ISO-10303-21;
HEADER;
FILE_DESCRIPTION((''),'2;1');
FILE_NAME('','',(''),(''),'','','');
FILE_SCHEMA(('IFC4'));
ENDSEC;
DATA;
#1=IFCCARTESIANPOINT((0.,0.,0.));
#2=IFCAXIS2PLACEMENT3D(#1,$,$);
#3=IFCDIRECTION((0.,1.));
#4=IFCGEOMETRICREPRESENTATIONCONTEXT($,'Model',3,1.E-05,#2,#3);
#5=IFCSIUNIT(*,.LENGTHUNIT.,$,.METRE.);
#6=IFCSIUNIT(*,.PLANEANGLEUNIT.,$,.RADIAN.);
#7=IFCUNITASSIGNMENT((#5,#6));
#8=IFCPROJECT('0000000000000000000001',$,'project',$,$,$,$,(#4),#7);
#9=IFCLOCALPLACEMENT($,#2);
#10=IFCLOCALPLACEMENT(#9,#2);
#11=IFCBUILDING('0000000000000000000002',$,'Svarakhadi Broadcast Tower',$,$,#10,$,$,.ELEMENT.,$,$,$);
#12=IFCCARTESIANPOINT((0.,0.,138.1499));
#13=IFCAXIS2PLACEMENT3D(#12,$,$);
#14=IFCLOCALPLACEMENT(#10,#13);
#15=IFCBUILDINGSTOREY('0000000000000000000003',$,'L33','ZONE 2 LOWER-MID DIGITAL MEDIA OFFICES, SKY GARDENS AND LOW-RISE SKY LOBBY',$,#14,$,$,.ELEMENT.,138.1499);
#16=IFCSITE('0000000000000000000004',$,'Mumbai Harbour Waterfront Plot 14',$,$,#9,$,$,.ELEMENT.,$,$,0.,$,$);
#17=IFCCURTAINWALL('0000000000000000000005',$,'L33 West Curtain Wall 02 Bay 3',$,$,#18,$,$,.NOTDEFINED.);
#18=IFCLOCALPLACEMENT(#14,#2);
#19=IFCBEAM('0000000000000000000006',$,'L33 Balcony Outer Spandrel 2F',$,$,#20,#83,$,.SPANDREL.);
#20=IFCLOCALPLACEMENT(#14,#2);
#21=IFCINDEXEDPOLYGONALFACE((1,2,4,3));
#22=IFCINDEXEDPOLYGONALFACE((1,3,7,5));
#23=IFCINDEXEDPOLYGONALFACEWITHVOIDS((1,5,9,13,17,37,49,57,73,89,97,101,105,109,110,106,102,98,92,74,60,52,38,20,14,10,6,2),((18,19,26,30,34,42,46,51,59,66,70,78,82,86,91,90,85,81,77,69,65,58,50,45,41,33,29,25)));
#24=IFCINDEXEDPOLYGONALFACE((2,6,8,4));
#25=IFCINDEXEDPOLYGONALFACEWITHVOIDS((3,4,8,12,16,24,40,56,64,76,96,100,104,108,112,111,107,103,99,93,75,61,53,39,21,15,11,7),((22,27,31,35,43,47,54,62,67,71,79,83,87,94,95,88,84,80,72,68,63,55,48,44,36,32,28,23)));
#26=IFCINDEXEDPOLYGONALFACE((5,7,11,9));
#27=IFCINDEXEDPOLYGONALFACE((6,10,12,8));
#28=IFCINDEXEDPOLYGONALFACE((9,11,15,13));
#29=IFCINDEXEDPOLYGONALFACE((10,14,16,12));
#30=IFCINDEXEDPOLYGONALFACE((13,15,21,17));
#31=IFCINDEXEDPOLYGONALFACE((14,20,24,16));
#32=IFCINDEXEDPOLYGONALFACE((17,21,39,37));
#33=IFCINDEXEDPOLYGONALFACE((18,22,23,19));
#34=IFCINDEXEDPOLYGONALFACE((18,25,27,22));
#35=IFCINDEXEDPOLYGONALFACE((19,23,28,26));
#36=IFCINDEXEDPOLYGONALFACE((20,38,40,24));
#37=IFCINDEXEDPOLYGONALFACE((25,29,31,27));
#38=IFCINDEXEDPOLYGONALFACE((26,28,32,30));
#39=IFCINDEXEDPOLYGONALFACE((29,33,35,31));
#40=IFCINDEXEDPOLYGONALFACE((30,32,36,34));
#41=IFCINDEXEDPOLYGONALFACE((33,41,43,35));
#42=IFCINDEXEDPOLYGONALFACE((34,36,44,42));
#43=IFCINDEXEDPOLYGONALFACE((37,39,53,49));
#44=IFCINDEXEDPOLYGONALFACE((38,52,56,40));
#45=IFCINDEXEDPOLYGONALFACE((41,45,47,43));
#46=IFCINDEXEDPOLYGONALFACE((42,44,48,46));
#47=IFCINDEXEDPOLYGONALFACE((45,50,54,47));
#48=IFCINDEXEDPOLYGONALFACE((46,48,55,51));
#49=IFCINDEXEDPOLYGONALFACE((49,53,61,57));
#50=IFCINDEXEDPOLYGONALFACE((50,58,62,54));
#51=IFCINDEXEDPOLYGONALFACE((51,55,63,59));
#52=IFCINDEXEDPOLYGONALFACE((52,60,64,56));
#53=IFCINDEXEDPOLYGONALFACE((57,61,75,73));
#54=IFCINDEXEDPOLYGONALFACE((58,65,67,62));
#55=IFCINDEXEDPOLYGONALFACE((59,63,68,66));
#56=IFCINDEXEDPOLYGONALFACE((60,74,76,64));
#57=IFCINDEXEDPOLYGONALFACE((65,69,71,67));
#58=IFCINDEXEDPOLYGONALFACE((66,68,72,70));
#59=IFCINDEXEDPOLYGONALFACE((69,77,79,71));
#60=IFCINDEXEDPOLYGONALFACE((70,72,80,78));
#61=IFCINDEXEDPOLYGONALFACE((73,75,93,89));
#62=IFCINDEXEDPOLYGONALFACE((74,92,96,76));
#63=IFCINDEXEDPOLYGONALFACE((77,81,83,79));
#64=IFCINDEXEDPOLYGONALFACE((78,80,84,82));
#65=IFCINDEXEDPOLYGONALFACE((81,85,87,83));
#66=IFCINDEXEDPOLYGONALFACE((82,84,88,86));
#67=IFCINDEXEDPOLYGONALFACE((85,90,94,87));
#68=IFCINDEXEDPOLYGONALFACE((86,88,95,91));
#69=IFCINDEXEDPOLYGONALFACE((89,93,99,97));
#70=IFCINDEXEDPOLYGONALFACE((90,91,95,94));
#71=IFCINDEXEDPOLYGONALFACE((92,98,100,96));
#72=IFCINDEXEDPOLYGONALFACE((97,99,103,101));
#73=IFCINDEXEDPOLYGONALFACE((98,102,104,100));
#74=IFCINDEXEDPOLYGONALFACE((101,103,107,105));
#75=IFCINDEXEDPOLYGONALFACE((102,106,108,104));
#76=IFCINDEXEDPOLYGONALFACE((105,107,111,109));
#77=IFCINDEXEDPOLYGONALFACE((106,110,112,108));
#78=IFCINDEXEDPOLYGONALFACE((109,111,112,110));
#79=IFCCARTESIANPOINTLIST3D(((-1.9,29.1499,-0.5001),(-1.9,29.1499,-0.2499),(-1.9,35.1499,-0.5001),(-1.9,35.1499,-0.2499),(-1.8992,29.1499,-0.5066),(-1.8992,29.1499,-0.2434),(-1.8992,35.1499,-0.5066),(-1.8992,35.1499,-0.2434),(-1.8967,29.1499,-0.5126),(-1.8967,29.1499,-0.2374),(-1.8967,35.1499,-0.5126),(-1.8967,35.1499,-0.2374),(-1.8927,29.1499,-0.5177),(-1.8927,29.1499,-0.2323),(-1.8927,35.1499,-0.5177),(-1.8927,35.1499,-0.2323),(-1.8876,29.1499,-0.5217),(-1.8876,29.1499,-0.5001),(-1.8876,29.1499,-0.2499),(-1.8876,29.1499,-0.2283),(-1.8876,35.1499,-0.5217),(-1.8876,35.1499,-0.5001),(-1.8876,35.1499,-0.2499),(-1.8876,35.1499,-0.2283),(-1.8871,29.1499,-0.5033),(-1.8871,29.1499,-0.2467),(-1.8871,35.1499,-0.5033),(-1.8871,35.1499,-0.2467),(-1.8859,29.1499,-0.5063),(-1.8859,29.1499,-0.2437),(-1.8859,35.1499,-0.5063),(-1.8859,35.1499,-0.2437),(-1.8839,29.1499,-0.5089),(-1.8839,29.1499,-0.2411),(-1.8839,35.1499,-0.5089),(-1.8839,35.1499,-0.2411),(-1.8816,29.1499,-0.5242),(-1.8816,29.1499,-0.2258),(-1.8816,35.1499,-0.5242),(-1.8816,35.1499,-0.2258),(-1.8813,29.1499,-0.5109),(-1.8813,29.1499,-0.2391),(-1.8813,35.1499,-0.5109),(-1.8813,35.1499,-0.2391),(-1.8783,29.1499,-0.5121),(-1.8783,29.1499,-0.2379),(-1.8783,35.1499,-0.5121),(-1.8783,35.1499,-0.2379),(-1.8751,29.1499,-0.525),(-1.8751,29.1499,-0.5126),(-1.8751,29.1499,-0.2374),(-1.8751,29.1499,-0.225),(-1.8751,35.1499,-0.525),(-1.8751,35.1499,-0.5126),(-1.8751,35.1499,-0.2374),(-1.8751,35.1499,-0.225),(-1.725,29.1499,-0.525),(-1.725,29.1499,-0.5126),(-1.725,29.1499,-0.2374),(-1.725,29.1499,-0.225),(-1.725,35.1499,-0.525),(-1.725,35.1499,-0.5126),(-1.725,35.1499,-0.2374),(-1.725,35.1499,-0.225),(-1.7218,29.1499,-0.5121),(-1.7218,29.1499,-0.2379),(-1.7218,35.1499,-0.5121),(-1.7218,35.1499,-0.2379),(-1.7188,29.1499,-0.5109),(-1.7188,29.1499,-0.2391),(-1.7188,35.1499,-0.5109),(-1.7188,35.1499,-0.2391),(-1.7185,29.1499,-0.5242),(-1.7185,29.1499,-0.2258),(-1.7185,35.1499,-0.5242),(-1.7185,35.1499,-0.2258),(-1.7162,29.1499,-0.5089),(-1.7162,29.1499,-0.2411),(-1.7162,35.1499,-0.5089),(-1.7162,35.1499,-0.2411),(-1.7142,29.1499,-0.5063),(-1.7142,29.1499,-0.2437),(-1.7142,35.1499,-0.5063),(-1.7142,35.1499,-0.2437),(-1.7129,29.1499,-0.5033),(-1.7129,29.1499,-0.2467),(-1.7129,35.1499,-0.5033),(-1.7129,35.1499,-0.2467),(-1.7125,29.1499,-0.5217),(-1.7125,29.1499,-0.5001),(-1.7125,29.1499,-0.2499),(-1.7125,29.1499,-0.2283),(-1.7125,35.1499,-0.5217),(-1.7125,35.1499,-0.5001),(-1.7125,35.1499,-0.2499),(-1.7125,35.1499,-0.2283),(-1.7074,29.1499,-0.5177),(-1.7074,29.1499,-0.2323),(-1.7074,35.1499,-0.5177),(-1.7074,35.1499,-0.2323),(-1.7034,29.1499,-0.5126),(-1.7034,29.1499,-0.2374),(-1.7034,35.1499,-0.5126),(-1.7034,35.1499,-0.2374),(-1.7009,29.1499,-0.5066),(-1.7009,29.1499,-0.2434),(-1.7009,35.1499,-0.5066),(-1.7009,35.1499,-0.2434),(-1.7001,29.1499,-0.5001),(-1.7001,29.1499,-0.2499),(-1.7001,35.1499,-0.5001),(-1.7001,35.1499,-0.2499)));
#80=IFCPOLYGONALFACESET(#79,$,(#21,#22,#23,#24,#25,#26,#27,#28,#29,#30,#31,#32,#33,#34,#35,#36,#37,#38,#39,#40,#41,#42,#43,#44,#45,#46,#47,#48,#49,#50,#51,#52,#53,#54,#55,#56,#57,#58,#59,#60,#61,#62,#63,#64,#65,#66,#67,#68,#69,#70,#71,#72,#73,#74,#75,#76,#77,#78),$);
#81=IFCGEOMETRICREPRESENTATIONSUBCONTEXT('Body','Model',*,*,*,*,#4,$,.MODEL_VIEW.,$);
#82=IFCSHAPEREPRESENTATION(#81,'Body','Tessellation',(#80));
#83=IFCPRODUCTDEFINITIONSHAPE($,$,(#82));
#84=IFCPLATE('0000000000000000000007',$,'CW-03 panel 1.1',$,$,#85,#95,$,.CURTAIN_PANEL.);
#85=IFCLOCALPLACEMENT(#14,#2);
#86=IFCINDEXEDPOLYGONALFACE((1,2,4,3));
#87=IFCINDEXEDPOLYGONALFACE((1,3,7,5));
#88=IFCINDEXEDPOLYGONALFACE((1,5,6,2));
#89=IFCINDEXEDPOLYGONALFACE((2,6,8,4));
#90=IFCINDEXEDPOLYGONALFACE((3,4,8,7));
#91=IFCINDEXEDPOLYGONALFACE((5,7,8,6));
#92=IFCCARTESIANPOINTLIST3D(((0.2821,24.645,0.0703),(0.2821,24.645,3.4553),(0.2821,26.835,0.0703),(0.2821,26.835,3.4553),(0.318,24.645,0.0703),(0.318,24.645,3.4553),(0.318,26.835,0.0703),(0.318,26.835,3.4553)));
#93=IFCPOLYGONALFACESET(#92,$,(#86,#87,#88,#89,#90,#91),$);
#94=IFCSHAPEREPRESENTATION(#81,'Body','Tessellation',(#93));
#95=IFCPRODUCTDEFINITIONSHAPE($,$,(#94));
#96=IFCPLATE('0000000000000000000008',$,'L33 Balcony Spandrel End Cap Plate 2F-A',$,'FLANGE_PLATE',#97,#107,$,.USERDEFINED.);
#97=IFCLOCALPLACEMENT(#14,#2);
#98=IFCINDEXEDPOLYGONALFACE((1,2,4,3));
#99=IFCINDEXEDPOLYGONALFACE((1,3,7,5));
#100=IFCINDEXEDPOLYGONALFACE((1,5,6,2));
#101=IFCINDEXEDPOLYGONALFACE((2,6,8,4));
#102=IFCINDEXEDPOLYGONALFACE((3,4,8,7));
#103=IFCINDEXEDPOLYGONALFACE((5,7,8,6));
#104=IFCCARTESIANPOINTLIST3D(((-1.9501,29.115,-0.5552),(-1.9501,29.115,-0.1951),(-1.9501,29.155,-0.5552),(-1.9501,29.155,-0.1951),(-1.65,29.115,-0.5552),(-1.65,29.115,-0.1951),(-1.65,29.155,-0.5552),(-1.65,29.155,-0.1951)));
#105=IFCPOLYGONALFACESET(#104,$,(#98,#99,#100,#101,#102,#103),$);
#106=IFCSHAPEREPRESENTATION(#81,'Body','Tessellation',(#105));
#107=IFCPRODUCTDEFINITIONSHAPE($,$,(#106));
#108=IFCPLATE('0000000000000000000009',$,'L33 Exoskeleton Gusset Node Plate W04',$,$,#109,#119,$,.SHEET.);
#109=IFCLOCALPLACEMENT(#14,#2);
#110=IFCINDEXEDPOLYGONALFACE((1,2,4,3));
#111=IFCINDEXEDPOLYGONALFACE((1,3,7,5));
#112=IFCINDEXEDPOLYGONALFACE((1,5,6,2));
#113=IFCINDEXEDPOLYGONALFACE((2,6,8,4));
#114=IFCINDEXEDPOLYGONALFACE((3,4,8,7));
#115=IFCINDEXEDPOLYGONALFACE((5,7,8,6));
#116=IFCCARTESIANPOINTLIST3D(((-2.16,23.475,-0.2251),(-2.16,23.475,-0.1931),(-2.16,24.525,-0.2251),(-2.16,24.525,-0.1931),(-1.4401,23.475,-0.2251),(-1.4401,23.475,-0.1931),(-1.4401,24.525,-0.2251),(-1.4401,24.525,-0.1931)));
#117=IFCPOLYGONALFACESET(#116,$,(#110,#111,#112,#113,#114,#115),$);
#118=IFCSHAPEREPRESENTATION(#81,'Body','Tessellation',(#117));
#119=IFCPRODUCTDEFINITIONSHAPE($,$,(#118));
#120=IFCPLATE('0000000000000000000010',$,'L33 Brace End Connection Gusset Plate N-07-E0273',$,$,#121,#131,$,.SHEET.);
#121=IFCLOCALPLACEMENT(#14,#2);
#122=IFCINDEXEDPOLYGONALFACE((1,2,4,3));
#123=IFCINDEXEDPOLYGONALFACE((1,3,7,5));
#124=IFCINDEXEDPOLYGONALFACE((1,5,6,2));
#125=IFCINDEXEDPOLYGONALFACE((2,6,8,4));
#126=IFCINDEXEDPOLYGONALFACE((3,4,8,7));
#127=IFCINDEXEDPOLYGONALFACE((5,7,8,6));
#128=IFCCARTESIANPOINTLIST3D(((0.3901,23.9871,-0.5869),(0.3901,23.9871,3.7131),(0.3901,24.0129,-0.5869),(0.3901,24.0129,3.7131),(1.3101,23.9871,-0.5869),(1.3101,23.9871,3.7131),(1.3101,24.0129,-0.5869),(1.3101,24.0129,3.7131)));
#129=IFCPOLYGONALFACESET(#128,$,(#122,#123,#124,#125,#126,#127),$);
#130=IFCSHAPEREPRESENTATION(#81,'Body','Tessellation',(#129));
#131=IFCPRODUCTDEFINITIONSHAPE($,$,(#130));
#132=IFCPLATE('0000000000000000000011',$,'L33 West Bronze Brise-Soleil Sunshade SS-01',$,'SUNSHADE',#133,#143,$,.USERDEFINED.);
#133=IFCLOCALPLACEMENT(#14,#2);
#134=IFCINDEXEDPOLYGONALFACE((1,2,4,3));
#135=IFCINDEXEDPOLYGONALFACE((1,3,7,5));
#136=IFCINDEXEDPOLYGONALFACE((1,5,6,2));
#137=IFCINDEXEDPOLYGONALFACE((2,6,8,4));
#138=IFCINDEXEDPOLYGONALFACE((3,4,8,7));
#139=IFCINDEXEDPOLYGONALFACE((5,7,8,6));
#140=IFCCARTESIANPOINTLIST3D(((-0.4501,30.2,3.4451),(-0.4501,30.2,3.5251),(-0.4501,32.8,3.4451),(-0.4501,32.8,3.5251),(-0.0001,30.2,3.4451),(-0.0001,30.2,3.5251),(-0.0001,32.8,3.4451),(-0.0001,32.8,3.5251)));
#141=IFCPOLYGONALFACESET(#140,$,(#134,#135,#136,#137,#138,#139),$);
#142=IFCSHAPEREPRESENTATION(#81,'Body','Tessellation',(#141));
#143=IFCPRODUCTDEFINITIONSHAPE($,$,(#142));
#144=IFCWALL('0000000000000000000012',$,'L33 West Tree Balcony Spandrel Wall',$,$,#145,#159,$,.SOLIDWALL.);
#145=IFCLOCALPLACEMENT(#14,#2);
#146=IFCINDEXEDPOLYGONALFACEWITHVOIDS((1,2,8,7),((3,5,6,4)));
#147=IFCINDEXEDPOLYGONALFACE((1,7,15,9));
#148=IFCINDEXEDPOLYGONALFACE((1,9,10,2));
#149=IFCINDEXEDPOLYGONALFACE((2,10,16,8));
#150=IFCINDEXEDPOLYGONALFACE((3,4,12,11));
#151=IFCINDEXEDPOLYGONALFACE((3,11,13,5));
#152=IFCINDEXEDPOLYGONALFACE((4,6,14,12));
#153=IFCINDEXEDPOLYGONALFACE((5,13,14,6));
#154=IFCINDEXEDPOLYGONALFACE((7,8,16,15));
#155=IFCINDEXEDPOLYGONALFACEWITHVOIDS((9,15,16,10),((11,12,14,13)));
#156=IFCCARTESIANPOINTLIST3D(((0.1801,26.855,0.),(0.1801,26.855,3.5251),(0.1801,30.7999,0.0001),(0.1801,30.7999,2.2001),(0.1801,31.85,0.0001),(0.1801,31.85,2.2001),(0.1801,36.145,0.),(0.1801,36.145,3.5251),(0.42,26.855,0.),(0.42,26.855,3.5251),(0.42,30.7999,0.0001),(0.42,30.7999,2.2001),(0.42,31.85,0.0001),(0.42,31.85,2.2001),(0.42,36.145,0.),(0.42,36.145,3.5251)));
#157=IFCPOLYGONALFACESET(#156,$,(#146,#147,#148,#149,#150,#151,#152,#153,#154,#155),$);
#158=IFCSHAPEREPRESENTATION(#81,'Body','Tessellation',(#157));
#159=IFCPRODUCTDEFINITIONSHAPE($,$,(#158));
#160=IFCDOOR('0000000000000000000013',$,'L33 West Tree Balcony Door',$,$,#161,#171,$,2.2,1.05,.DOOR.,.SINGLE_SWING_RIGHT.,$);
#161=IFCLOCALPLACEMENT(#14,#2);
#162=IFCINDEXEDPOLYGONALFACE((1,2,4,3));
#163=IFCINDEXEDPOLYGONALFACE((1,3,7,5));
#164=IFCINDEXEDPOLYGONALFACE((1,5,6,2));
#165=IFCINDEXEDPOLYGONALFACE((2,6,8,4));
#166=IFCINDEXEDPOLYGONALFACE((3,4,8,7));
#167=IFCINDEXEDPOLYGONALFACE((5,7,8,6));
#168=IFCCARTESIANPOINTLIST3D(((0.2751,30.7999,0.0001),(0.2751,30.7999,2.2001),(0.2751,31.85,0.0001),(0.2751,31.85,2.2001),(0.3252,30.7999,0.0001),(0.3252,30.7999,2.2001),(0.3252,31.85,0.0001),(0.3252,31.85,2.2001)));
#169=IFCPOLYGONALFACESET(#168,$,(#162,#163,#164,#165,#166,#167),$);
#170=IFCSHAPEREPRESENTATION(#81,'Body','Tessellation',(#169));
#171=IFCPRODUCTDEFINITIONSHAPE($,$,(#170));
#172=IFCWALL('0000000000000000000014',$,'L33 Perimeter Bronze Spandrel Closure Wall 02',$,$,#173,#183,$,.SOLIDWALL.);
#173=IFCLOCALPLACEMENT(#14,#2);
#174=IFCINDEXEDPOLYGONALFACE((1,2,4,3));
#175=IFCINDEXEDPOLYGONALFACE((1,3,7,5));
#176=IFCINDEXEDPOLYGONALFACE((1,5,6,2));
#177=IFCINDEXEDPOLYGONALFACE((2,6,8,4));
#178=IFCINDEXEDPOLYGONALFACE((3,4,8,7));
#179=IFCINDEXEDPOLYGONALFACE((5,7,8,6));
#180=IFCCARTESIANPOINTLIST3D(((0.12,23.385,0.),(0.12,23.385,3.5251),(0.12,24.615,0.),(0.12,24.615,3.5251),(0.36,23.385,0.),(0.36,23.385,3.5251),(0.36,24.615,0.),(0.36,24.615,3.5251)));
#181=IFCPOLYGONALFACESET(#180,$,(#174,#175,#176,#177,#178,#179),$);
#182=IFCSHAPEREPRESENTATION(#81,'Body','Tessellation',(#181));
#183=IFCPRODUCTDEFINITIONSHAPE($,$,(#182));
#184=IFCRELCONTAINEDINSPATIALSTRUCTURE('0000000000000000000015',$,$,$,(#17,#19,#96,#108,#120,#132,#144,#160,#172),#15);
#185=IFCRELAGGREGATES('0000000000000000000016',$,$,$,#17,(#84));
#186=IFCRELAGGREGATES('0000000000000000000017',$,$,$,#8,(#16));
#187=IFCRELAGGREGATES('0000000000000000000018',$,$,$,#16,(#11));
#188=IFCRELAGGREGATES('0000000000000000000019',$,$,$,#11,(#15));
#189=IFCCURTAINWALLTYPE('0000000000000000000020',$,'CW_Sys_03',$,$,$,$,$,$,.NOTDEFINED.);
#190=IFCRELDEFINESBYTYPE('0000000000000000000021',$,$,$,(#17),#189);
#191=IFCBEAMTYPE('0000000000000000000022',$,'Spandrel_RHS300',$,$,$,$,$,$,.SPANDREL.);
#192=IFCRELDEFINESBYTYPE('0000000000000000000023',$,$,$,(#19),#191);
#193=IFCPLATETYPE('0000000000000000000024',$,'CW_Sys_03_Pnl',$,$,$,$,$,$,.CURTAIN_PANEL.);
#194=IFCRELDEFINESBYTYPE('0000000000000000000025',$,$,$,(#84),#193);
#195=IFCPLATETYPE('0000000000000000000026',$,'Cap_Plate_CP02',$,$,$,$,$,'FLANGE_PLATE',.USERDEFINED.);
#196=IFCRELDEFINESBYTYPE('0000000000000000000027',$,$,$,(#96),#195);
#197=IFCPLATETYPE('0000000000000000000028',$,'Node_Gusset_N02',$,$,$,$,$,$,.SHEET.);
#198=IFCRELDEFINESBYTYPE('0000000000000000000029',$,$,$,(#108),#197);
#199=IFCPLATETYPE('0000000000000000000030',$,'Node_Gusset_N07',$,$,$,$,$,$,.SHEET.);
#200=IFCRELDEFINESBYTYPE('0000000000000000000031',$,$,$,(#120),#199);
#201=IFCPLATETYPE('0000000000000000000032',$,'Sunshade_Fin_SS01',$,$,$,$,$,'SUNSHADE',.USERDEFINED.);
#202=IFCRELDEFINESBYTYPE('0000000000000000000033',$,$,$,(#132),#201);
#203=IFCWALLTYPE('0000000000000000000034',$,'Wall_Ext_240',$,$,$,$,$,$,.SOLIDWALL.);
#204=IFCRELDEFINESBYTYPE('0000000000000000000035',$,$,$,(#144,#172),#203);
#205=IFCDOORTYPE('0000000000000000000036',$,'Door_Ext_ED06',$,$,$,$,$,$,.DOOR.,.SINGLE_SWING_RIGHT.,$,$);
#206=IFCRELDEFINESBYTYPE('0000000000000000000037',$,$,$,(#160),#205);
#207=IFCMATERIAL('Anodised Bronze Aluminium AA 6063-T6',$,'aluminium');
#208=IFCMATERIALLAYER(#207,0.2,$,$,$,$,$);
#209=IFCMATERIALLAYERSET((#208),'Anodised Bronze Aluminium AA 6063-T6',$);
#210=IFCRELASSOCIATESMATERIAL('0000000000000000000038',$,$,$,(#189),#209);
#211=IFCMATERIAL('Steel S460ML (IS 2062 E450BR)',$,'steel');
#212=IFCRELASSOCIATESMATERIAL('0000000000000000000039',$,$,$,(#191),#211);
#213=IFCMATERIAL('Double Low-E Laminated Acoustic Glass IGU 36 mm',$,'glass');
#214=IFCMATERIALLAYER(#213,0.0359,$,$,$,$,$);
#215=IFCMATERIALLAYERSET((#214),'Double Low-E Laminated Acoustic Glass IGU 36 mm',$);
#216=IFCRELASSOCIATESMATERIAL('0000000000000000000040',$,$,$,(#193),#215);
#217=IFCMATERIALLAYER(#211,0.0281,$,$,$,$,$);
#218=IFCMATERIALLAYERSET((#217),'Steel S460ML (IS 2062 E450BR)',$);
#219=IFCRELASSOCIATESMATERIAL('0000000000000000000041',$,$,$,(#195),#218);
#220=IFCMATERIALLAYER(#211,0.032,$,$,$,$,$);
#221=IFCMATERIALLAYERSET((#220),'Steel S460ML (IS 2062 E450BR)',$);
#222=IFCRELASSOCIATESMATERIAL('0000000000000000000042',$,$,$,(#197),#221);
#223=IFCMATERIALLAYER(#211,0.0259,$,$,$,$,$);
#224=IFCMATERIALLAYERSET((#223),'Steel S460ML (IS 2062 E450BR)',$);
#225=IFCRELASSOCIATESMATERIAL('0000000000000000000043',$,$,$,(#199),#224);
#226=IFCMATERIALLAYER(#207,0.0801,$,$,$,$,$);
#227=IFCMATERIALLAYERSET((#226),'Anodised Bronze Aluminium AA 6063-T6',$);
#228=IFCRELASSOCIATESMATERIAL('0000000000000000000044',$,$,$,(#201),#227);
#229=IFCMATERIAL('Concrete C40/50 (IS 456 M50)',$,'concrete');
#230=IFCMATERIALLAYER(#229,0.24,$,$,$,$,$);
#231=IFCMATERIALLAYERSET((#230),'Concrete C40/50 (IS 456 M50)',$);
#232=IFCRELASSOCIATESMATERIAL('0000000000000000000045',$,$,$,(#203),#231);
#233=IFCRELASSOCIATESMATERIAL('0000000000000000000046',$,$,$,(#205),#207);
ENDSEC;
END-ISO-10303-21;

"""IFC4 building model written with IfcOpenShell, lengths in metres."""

from ifc_helpers import new_model, si_unit, direction, frame, frame_2d, origin, origin_2d, place, context, subcontext, project, spatial, rectangle, hollow_rectangle, extrude, material, layer, layer_set, material_profile, profile_set, type_object, element, fill, aggregate, save


model = new_model("IFC4")

# Units and contexts
model_context = context("Model", 3, precision=1e-05, world=origin(), true_north=direction((0.0, 1.0)))
body_context = subcontext(model_context, "Body", "Model", "MODEL_VIEW")
ifc_project = project(units=[si_unit("LENGTHUNIT", "METRE"), si_unit("PLANEANGLEUNIT", "RADIAN")], contexts=[model_context])

# Site, building, storey
site_placement = place(None, origin())
site = spatial("IfcSite", under=ifc_project, at=site_placement, Name="Mumbai Harbour Waterfront Plot 14", CompositionType="ELEMENT", RefElevation=0.0)
building_placement = place(site_placement, origin())
building = spatial("IfcBuilding", under=site, at=building_placement, Name="Svarakhadi Broadcast Tower", CompositionType="ELEMENT")
storey_placement = place(building_placement, frame((0.0, 0.0, 138.1499)))
storey = spatial("IfcBuildingStorey", under=building, at=storey_placement, Name="L33", Description="ZONE 2 LOWER-MID DIGITAL MEDIA OFFICES, SKY GARDENS AND LOW-RISE SKY LOBBY", CompositionType="ELEMENT", Elevation=138.1499)

# Shared definitions
ifc_material_1 = material(Name="Steel S460ML (IS 2062 E450BR)", Category="steel")

# Shared definitions
ifc_material_2 = material(Name="Anodised Bronze Aluminium AA 6063-T6", Category="aluminium")
ifc_layer_1 = layer(ifc_material_2, 0.2)
ifc_layer_set_1 = layer_set([ifc_layer_1], Name="Anodised Bronze Aluminium AA 6063-T6")
curtain_wall_type = type_object("IfcCurtainWallType", Name="CW_Sys_03", PredefinedType="NOTDEFINED", material=ifc_layer_set_1)

# Curtain wall
curtain_wall_1_placement = place(storey_placement, origin())
curtain_wall_1 = element("IfcCurtainWall", 1, at=curtain_wall_1_placement, inside=storey, type_object=curtain_wall_type, Name="L33 West Curtain Wall 02 Bay 3", PredefinedType="NOTDEFINED")

# Beam
ifc_material_profile_1 = material_profile(ifc_material_1, hollow_rectangle(XDim=0.2, YDim=0.3, WallThickness=0.0125, InnerFilletRadius=0.0125, OuterFilletRadius=0.0249, at=origin_2d()), Name="RHS 300x200x12.5")
ifc_profile_set_1 = profile_set([ifc_material_profile_1], Name="Steel S460ML (IS 2062 E450BR)")
beam_type_1 = type_object("IfcBeamType", Name="Spandrel_RHS300", PredefinedType="SPANDREL", material=ifc_profile_set_1)
beam_1_placement = place(storey_placement, frame((-1.8, 29.1499, -0.375), z_axis=(0.0, 1.0, 0.0), x_axis=(-1.0, 0.0, 0.0)))
element("IfcBeam", 2, at=beam_1_placement, inside=storey, type_object=beam_type_1, Name="L33 Balcony Outer Spandrel 2F", PredefinedType="SPANDREL", context=body_context, shape_type="SweptSolid", body=[
    extrude(hollow_rectangle(XDim=0.2, YDim=0.3, WallThickness=0.0125, InnerFilletRadius=0.0125, OuterFilletRadius=0.0249, at=origin_2d()), origin(), (0.0, 0.0, 1.0), 6.0),
])

# Plate
ifc_material_3 = material(Name="Double Low-E Laminated Acoustic Glass IGU 36 mm", Category="glass")
ifc_layer_2 = layer(ifc_material_3, 0.0359)
ifc_layer_set_2 = layer_set([ifc_layer_2], Name="Double Low-E Laminated Acoustic Glass IGU 36 mm")
plate_type_1 = type_object("IfcPlateType", Name="CW_Sys_03_Pnl", PredefinedType="CURTAIN_PANEL", material=ifc_layer_set_2)
plate_1_placement = place(storey_placement, frame((0.3, 25.74, 0.0703), z_axis=(0.0, 0.0, 1.0), x_axis=(0.0, 1.0, 0.0)))
plate_1 = element("IfcPlate", 3, at=plate_1_placement, type_object=plate_type_1, Name="CW-03 panel 1.1", PredefinedType="CURTAIN_PANEL", context=body_context, shape_type="SweptSolid", body=[
    extrude(rectangle(XDim=2.1899, YDim=0.0359, at=origin_2d()), origin(), (0.0, 0.0, 1.0), 3.385),
])
aggregate(curtain_wall_1, [plate_1])

# Plates
ifc_layer_3 = layer(ifc_material_1, 0.0281)
ifc_layer_set_3 = layer_set([ifc_layer_3], Name="Steel S460ML (IS 2062 E450BR)")
plate_type_2 = type_object("IfcPlateType", Name="Cap_Plate_CP02", ElementType="FLANGE_PLATE", PredefinedType="USERDEFINED", material=ifc_layer_set_3)
plate_2_placement = place(storey_placement, frame((-1.8, 29.135, -0.5552), z_axis=(0.0, 0.0, 1.0), x_axis=(1.0, 0.0, 0.0)))
element("IfcPlate", 4, at=plate_2_placement, inside=storey, type_object=plate_type_2, Name="L33 Balcony Spandrel End Cap Plate 2F-A", ObjectType="FLANGE_PLATE", PredefinedType="USERDEFINED", context=body_context, shape_type="SweptSolid", body=[
    extrude(rectangle(XDim=0.3, YDim=0.04, at=origin_2d()), origin(), (0.0, 0.0, 1.0), 0.3601),
])
ifc_layer_4 = layer(ifc_material_1, 0.032)
ifc_layer_set_4 = layer_set([ifc_layer_4], Name="Steel S460ML (IS 2062 E450BR)")
plate_type_3 = type_object("IfcPlateType", Name="Node_Gusset_N02", PredefinedType="SHEET", material=ifc_layer_set_4)
plate_3_placement = place(storey_placement, frame((-1.8, 24.0, -0.2251), z_axis=(0.0, 0.0, 1.0), x_axis=(0.0, 1.0, 0.0)))
element("IfcPlate", 5, at=plate_3_placement, inside=storey, type_object=plate_type_3, Name="L33 Exoskeleton Gusset Node Plate W04", PredefinedType="SHEET", context=body_context, shape_type="SweptSolid", body=[
    extrude(rectangle(XDim=1.05, YDim=0.72, at=origin_2d()), origin(), (0.0, 0.0, 1.0), 0.032),
])
ifc_layer_5 = layer(ifc_material_1, 0.0259)
ifc_layer_set_5 = layer_set([ifc_layer_5], Name="Steel S460ML (IS 2062 E450BR)")
plate_type_4 = type_object("IfcPlateType", Name="Node_Gusset_N07", PredefinedType="SHEET", material=ifc_layer_set_5)
plate_4_placement = place(storey_placement, frame((0.8501, 24.0, -0.5869), z_axis=(0.0, 0.0, 1.0), x_axis=(1.0, 0.0, 0.0)))
element("IfcPlate", 6, at=plate_4_placement, inside=storey, type_object=plate_type_4, Name="L33 Brace End Connection Gusset Plate N-07-E0273", PredefinedType="SHEET", context=body_context, shape_type="SweptSolid", body=[
    extrude(rectangle(XDim=0.9199, YDim=0.0259, at=origin_2d()), origin(), (0.0, 0.0, 1.0), 4.3),
])
ifc_layer_6 = layer(ifc_material_2, 0.0801)
ifc_layer_set_6 = layer_set([ifc_layer_6], Name="Anodised Bronze Aluminium AA 6063-T6")
plate_type_5 = type_object("IfcPlateType", Name="Sunshade_Fin_SS01", ElementType="SUNSHADE", PredefinedType="USERDEFINED", material=ifc_layer_set_6)
plate_5_placement = place(storey_placement, frame((-0.2251, 31.5, 3.4451), z_axis=(0.0, 0.0, 1.0), x_axis=(0.0, 1.0, 0.0)))
element("IfcPlate", 7, at=plate_5_placement, inside=storey, type_object=plate_type_5, Name="L33 West Bronze Brise-Soleil Sunshade SS-01", ObjectType="SUNSHADE", PredefinedType="USERDEFINED", context=body_context, shape_type="SweptSolid", body=[
    extrude(rectangle(XDim=2.6001, YDim=0.45, at=origin_2d()), origin(), (0.0, 0.0, 1.0), 0.0801),
])

# Wall, opening, door
ifc_material_4 = material(Name="Concrete C40/50 (IS 456 M50)", Category="concrete")
ifc_layer_7 = layer(ifc_material_4, 0.24)
ifc_layer_set_7 = layer_set([ifc_layer_7], Name="Concrete C40/50 (IS 456 M50)")
wall_type_1 = type_object("IfcWallType", Name="Wall_Ext_240", PredefinedType="SOLIDWALL", material=ifc_layer_set_7)
wall_1_placement = place(storey_placement, frame((0.3, 26.855, 0.0), z_axis=(0.0, 0.0, 1.0), x_axis=(0.0, 1.0, 0.0)))
wall_1 = element("IfcWall", 8, at=wall_1_placement, inside=storey, type_object=wall_type_1, Name="L33 West Tree Balcony Spandrel Wall", PredefinedType="SOLIDWALL", context=body_context, shape_type="SweptSolid", body=[
    extrude(rectangle(XDim=9.29, YDim=0.24, at=frame_2d((4.645, 0.0))), origin(), (0.0, 0.0, 1.0), 3.5251),
])
opening_1_placement = place(wall_1_placement, frame((3.9451, 0.0, 0.0)))
opening_1 = element("IfcOpeningElement", 9, at=opening_1_placement, cuts=wall_1, PredefinedType="OPENING", context=body_context, shape_type="SweptSolid", body=[
    extrude(rectangle(XDim=1.05, YDim=2.2, at=frame_2d((0.5249, 1.1001))), frame((0.0, 0.1299, 0.0), z_axis=(0.0, -1.0, 0.0), x_axis=(1.0, 0.0, 0.0)), (0.0, 0.0, 1.0), 0.26),
])
door_type_1 = type_object("IfcDoorType", Name="Door_Ext_ED06", OperationType="SINGLE_SWING_RIGHT", PredefinedType="DOOR", material=ifc_material_2)
door_1_placement = place(opening_1_placement, origin())
door_1 = element("IfcDoor", 10, at=door_1_placement, inside=storey, type_object=door_type_1, Name="L33 West Tree Balcony Door", OperationType="SINGLE_SWING_RIGHT", OverallHeight=2.2, OverallWidth=1.05, PredefinedType="DOOR", context=body_context, shape_type="SweptSolid", body=[
    extrude(rectangle(XDim=1.05, YDim=2.2, at=frame_2d((0.5249, 1.1001))), frame((0.0, 0.0249, 0.0), z_axis=(0.0, -1.0, 0.0), x_axis=(1.0, 0.0, 0.0)), (0.0, 0.0, 1.0), 0.05),
])
fill(opening_1, door_1)

# Wall
wall_2_placement = place(storey_placement, frame((0.24, 23.385, 0.0), z_axis=(0.0, 0.0, 1.0), x_axis=(0.0, 1.0, 0.0)))
element("IfcWall", 11, at=wall_2_placement, inside=storey, type_object=wall_type_1, Name="L33 Perimeter Bronze Spandrel Closure Wall 02", PredefinedType="SOLIDWALL", context=body_context, shape_type="SweptSolid", body=[
    extrude(rectangle(XDim=1.23, YDim=0.24, at=frame_2d((0.615, 0.0))), origin(), (0.0, 0.0, 1.0), 3.5251),
])

save(model, "model.ifc")
